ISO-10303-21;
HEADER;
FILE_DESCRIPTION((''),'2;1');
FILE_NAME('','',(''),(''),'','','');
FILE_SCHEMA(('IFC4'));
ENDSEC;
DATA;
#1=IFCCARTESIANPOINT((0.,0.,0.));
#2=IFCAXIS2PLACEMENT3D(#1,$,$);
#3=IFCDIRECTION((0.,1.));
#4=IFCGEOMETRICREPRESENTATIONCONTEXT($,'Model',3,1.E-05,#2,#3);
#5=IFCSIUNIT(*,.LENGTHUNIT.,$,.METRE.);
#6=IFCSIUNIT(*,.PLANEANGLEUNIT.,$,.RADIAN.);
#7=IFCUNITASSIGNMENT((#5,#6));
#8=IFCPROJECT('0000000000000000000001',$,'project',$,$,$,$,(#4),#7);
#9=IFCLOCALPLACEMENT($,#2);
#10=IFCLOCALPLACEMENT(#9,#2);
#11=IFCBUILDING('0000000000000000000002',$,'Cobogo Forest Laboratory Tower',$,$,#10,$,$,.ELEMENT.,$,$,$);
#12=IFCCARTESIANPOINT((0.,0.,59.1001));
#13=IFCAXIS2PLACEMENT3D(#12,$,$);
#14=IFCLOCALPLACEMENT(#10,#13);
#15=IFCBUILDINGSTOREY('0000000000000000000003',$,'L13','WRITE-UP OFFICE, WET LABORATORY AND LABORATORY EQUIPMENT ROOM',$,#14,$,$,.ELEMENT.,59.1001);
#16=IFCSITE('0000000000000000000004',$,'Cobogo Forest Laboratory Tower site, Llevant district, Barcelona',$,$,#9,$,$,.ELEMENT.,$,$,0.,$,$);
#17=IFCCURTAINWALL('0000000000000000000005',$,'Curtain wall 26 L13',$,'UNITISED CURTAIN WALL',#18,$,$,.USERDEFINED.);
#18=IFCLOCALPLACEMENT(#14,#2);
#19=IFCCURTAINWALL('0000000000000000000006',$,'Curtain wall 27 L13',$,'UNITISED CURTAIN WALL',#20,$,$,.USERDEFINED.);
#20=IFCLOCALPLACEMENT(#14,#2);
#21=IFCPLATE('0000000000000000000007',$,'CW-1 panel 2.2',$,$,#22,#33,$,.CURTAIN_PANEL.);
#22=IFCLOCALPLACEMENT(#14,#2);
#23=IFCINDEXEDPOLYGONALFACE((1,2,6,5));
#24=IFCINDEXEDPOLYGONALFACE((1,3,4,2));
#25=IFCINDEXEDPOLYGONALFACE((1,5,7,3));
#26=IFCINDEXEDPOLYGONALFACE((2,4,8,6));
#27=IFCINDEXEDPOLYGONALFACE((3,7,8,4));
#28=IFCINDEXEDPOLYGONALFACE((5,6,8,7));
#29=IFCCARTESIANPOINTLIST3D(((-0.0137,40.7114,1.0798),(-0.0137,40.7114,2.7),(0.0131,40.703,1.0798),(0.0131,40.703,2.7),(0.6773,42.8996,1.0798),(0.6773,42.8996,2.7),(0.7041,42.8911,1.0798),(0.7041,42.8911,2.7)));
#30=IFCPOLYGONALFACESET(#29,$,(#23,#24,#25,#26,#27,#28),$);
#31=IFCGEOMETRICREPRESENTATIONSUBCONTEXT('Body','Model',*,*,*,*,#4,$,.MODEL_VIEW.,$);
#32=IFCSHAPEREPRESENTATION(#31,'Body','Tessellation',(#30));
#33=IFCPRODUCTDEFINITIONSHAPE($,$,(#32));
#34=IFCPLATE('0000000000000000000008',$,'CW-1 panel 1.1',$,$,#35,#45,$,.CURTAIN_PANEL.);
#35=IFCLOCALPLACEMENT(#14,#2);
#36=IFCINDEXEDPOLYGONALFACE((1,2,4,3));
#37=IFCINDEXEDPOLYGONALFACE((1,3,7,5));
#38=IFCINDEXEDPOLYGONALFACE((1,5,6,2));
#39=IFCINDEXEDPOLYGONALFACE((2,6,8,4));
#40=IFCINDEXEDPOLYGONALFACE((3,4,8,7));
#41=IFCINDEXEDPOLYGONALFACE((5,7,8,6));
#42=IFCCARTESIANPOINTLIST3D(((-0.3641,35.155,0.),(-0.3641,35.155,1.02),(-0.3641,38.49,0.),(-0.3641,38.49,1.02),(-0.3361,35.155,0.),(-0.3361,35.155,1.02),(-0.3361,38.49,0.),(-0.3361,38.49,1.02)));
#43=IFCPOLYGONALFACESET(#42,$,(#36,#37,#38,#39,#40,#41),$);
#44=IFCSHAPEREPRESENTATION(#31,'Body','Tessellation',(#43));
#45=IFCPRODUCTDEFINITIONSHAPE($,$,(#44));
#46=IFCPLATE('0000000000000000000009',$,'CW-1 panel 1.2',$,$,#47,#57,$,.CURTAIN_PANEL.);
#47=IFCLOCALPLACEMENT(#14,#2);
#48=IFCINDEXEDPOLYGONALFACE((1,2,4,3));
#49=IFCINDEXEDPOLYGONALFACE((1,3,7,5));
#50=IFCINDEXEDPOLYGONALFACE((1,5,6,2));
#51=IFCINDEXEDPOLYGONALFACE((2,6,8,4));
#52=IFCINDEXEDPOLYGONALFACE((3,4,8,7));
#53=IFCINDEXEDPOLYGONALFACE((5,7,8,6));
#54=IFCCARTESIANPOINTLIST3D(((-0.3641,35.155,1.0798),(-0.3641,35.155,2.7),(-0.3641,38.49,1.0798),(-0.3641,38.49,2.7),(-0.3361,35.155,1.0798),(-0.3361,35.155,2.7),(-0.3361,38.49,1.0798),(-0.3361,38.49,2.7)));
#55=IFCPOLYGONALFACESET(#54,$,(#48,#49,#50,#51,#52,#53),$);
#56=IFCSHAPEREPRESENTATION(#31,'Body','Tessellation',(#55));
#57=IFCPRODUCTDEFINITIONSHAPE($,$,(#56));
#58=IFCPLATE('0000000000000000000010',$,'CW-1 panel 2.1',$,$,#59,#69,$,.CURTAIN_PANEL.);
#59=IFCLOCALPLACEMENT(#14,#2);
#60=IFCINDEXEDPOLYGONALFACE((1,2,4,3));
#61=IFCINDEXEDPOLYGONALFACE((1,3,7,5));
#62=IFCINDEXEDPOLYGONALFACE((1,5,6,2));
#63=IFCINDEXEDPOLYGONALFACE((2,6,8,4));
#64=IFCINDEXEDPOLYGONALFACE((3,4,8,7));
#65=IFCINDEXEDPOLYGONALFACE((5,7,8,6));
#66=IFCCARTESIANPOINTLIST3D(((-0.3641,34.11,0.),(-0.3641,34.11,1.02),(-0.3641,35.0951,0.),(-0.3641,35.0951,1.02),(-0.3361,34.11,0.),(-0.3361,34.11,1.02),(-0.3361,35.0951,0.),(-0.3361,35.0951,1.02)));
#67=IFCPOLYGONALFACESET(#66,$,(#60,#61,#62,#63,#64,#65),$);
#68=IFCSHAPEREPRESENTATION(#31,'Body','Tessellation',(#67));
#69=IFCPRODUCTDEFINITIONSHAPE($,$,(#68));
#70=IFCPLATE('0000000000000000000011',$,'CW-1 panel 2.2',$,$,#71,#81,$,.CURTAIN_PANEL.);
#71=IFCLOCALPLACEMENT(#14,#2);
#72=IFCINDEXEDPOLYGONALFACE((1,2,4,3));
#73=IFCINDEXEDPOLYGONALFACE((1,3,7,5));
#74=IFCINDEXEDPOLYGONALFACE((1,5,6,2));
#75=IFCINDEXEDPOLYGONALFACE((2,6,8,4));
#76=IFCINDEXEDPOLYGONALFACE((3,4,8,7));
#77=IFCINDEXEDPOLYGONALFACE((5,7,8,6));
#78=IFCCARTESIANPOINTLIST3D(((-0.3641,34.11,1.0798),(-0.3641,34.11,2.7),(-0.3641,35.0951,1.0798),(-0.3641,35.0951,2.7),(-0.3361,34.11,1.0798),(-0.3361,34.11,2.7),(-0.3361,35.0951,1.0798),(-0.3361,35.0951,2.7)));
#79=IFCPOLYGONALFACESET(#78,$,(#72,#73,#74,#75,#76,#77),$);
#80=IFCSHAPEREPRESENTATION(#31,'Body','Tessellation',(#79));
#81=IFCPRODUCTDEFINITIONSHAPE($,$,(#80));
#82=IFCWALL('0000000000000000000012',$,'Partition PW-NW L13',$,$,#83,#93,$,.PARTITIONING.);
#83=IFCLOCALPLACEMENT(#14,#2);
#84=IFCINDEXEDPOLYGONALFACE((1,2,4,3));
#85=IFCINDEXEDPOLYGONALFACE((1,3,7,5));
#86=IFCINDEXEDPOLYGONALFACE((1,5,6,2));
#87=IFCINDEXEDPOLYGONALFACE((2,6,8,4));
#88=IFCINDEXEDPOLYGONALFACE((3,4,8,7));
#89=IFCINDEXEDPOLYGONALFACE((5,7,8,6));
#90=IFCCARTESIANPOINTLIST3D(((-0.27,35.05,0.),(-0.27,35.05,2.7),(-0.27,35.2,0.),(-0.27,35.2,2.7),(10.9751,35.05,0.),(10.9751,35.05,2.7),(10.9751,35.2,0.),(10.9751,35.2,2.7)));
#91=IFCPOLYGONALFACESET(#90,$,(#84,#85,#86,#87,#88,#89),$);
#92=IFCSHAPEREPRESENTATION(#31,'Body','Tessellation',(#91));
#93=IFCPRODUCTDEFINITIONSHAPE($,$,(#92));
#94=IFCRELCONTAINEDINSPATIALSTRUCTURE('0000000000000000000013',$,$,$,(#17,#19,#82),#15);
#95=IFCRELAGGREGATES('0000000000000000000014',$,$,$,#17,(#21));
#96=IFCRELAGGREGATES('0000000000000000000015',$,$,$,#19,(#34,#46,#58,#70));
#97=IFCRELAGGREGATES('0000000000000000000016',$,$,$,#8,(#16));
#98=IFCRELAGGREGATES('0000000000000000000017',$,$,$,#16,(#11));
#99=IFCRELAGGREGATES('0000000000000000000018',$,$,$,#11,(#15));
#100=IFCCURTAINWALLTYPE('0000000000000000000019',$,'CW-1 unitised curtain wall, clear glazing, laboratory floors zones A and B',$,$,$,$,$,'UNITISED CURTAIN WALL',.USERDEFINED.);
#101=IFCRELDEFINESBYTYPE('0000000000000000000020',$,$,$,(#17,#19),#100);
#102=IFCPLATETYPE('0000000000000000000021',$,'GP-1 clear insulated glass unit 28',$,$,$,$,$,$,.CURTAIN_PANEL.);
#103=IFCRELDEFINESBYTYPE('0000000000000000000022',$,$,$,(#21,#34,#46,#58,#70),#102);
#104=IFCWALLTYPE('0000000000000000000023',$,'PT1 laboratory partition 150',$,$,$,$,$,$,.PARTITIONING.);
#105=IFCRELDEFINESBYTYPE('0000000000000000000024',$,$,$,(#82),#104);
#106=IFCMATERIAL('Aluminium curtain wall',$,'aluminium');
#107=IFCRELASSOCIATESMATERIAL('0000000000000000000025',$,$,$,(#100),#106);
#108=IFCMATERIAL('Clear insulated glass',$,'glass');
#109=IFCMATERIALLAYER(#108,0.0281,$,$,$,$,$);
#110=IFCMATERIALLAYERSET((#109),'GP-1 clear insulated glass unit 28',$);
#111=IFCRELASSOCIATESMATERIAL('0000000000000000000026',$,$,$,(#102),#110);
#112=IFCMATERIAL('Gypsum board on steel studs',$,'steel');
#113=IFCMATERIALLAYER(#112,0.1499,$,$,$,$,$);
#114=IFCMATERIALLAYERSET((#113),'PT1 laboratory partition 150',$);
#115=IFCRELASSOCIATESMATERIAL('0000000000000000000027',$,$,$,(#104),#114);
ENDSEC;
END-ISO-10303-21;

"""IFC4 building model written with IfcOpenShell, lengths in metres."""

from ifc_helpers import new_model, si_unit, direction, frame, frame_2d, origin, origin_2d, place, context, subcontext, project, spatial, rectangle, extrude, material, layer, layer_set, type_object, element, aggregate, save


model = new_model("IFC4")

# Units and contexts
model_context = context("Model", 3, precision=1e-05, world=origin(), true_north=direction((0.0, 1.0)))
body_context = subcontext(model_context, "Body", "Model", "MODEL_VIEW")
ifc_project = project(units=[si_unit("LENGTHUNIT", "METRE"), si_unit("PLANEANGLEUNIT", "RADIAN")], contexts=[model_context])

# Site, building, storey
site_placement = place(None, origin())
site = spatial("IfcSite", under=ifc_project, at=site_placement, Name="Cobogo Forest Laboratory Tower site, Llevant district, Barcelona", CompositionType="ELEMENT", RefElevation=0.0)
building_placement = place(site_placement, origin())
building = spatial("IfcBuilding", under=site, at=building_placement, Name="Cobogo Forest Laboratory Tower", CompositionType="ELEMENT")
storey_placement = place(building_placement, frame((0.0, 0.0, 59.1001)))
storey = spatial("IfcBuildingStorey", under=building, at=storey_placement, Name="L13", Description="WRITE-UP OFFICE, WET LABORATORY AND LABORATORY EQUIPMENT ROOM", CompositionType="ELEMENT", Elevation=59.1001)

# Shared definitions
ifc_material_1 = material(Name="Aluminium curtain wall", Category="aluminium")
curtain_wall_type = type_object("IfcCurtainWallType", Name="CW-1 unitised curtain wall, clear glazing, laboratory floors zones A and B", ElementType="UNITISED CURTAIN WALL", PredefinedType="USERDEFINED", material=ifc_material_1)

# Curtain walls
curtain_wall_1_placement = place(storey_placement, origin())
curtain_wall_1 = element("IfcCurtainWall", 1, at=curtain_wall_1_placement, inside=storey, type_object=curtain_wall_type, Name="Curtain wall 26 L13", ObjectType="UNITISED CURTAIN WALL", PredefinedType="USERDEFINED")
curtain_wall_2_placement = place(storey_placement, origin())
curtain_wall_2 = element("IfcCurtainWall", 2, at=curtain_wall_2_placement, inside=storey, type_object=curtain_wall_type, Name="Curtain wall 27 L13", ObjectType="UNITISED CURTAIN WALL", PredefinedType="USERDEFINED")

# Plates
ifc_material_2 = material(Name="Clear insulated glass", Category="glass")
ifc_layer_1 = layer(ifc_material_2, 0.0281)
ifc_layer_set_1 = layer_set([ifc_layer_1], Name="GP-1 clear insulated glass unit 28")
plate_type_1 = type_object("IfcPlateType", Name="GP-1 clear insulated glass unit 28", PredefinedType="CURTAIN_PANEL", material=ifc_layer_set_1)
plate_1_placement = place(storey_placement, frame((0.3452, 41.8013, 1.0798), z_axis=(0.0, 0.0, 1.0), x_axis=(-0.301135, -0.953581, 0.0)))
plate_1 = element("IfcPlate", 3, at=plate_1_placement, type_object=plate_type_1, Name="CW-1 panel 2.2", PredefinedType="CURTAIN_PANEL", context=body_context, shape_type="SweptSolid", body=[
    extrude(rectangle(XDim=2.2947, YDim=0.0281, at=origin_2d()), origin(), (0.0, 0.0, 1.0), 1.6201),
])
aggregate(curtain_wall_1, [plate_1])
plate_2_placement = place(storey_placement, frame((-0.3501, 36.8225, 0.0), z_axis=(0.0, 0.0, 1.0), x_axis=(0.0, -1.0, 0.0)))
plate_2 = element("IfcPlate", 4, at=plate_2_placement, type_object=plate_type_1, Name="CW-1 panel 1.1", PredefinedType="CURTAIN_PANEL", context=body_context, shape_type="SweptSolid", body=[
    extrude(rectangle(XDim=3.335, YDim=0.0281, at=origin_2d()), origin(), (0.0, 0.0, 1.0), 1.02),
])
plate_3_placement = place(storey_placement, frame((-0.3501, 36.8225, 1.0798), z_axis=(0.0, 0.0, 1.0), x_axis=(0.0, -1.0, 0.0)))
plate_3 = element("IfcPlate", 5, at=plate_3_placement, type_object=plate_type_1, Name="CW-1 panel 1.2", PredefinedType="CURTAIN_PANEL", context=body_context, shape_type="SweptSolid", body=[
    extrude(rectangle(XDim=3.335, YDim=0.0281, at=origin_2d()), origin(), (0.0, 0.0, 1.0), 1.6201),
])
plate_4_placement = place(storey_placement, frame((-0.3501, 34.6025, 0.0), z_axis=(0.0, 0.0, 1.0), x_axis=(0.0, -1.0, 0.0)))
plate_4 = element("IfcPlate", 6, at=plate_4_placement, type_object=plate_type_1, Name="CW-1 panel 2.1", PredefinedType="CURTAIN_PANEL", context=body_context, shape_type="SweptSolid", body=[
    extrude(rectangle(XDim=0.9851, YDim=0.0281, at=origin_2d()), origin(), (0.0, 0.0, 1.0), 1.02),
])
plate_5_placement = place(storey_placement, frame((-0.3501, 34.6025, 1.0798), z_axis=(0.0, 0.0, 1.0), x_axis=(0.0, -1.0, 0.0)))
plate_5 = element("IfcPlate", 7, at=plate_5_placement, type_object=plate_type_1, Name="CW-1 panel 2.2", PredefinedType="CURTAIN_PANEL", context=body_context, shape_type="SweptSolid", body=[
    extrude(rectangle(XDim=0.9851, YDim=0.0281, at=origin_2d()), origin(), (0.0, 0.0, 1.0), 1.6201),
])
aggregate(curtain_wall_2, [plate_2, plate_3, plate_4, plate_5])

# Wall
ifc_material_3 = material(Name="Gypsum board on steel studs", Category="steel")
ifc_layer_2 = layer(ifc_material_3, 0.1499)
ifc_layer_set_2 = layer_set([ifc_layer_2], Name="PT1 laboratory partition 150")
wall_type = type_object("IfcWallType", Name="PT1 laboratory partition 150", PredefinedType="PARTITIONING", material=ifc_layer_set_2)
wall_placement = place(storey_placement, frame((-0.27, 35.125, 0.0), z_axis=(0.0, 0.0, 1.0), x_axis=(1.0, 0.0, 0.0)))
element("IfcWall", 8, at=wall_placement, inside=storey, type_object=wall_type, Name="Partition PW-NW L13", PredefinedType="PARTITIONING", context=body_context, shape_type="SweptSolid", body=[
    extrude(rectangle(XDim=11.2451, YDim=0.1499, at=frame_2d((5.6226, 0.0))), origin(), (0.0, 0.0, 1.0), 2.7),
])

save(model, "model.ifc")
